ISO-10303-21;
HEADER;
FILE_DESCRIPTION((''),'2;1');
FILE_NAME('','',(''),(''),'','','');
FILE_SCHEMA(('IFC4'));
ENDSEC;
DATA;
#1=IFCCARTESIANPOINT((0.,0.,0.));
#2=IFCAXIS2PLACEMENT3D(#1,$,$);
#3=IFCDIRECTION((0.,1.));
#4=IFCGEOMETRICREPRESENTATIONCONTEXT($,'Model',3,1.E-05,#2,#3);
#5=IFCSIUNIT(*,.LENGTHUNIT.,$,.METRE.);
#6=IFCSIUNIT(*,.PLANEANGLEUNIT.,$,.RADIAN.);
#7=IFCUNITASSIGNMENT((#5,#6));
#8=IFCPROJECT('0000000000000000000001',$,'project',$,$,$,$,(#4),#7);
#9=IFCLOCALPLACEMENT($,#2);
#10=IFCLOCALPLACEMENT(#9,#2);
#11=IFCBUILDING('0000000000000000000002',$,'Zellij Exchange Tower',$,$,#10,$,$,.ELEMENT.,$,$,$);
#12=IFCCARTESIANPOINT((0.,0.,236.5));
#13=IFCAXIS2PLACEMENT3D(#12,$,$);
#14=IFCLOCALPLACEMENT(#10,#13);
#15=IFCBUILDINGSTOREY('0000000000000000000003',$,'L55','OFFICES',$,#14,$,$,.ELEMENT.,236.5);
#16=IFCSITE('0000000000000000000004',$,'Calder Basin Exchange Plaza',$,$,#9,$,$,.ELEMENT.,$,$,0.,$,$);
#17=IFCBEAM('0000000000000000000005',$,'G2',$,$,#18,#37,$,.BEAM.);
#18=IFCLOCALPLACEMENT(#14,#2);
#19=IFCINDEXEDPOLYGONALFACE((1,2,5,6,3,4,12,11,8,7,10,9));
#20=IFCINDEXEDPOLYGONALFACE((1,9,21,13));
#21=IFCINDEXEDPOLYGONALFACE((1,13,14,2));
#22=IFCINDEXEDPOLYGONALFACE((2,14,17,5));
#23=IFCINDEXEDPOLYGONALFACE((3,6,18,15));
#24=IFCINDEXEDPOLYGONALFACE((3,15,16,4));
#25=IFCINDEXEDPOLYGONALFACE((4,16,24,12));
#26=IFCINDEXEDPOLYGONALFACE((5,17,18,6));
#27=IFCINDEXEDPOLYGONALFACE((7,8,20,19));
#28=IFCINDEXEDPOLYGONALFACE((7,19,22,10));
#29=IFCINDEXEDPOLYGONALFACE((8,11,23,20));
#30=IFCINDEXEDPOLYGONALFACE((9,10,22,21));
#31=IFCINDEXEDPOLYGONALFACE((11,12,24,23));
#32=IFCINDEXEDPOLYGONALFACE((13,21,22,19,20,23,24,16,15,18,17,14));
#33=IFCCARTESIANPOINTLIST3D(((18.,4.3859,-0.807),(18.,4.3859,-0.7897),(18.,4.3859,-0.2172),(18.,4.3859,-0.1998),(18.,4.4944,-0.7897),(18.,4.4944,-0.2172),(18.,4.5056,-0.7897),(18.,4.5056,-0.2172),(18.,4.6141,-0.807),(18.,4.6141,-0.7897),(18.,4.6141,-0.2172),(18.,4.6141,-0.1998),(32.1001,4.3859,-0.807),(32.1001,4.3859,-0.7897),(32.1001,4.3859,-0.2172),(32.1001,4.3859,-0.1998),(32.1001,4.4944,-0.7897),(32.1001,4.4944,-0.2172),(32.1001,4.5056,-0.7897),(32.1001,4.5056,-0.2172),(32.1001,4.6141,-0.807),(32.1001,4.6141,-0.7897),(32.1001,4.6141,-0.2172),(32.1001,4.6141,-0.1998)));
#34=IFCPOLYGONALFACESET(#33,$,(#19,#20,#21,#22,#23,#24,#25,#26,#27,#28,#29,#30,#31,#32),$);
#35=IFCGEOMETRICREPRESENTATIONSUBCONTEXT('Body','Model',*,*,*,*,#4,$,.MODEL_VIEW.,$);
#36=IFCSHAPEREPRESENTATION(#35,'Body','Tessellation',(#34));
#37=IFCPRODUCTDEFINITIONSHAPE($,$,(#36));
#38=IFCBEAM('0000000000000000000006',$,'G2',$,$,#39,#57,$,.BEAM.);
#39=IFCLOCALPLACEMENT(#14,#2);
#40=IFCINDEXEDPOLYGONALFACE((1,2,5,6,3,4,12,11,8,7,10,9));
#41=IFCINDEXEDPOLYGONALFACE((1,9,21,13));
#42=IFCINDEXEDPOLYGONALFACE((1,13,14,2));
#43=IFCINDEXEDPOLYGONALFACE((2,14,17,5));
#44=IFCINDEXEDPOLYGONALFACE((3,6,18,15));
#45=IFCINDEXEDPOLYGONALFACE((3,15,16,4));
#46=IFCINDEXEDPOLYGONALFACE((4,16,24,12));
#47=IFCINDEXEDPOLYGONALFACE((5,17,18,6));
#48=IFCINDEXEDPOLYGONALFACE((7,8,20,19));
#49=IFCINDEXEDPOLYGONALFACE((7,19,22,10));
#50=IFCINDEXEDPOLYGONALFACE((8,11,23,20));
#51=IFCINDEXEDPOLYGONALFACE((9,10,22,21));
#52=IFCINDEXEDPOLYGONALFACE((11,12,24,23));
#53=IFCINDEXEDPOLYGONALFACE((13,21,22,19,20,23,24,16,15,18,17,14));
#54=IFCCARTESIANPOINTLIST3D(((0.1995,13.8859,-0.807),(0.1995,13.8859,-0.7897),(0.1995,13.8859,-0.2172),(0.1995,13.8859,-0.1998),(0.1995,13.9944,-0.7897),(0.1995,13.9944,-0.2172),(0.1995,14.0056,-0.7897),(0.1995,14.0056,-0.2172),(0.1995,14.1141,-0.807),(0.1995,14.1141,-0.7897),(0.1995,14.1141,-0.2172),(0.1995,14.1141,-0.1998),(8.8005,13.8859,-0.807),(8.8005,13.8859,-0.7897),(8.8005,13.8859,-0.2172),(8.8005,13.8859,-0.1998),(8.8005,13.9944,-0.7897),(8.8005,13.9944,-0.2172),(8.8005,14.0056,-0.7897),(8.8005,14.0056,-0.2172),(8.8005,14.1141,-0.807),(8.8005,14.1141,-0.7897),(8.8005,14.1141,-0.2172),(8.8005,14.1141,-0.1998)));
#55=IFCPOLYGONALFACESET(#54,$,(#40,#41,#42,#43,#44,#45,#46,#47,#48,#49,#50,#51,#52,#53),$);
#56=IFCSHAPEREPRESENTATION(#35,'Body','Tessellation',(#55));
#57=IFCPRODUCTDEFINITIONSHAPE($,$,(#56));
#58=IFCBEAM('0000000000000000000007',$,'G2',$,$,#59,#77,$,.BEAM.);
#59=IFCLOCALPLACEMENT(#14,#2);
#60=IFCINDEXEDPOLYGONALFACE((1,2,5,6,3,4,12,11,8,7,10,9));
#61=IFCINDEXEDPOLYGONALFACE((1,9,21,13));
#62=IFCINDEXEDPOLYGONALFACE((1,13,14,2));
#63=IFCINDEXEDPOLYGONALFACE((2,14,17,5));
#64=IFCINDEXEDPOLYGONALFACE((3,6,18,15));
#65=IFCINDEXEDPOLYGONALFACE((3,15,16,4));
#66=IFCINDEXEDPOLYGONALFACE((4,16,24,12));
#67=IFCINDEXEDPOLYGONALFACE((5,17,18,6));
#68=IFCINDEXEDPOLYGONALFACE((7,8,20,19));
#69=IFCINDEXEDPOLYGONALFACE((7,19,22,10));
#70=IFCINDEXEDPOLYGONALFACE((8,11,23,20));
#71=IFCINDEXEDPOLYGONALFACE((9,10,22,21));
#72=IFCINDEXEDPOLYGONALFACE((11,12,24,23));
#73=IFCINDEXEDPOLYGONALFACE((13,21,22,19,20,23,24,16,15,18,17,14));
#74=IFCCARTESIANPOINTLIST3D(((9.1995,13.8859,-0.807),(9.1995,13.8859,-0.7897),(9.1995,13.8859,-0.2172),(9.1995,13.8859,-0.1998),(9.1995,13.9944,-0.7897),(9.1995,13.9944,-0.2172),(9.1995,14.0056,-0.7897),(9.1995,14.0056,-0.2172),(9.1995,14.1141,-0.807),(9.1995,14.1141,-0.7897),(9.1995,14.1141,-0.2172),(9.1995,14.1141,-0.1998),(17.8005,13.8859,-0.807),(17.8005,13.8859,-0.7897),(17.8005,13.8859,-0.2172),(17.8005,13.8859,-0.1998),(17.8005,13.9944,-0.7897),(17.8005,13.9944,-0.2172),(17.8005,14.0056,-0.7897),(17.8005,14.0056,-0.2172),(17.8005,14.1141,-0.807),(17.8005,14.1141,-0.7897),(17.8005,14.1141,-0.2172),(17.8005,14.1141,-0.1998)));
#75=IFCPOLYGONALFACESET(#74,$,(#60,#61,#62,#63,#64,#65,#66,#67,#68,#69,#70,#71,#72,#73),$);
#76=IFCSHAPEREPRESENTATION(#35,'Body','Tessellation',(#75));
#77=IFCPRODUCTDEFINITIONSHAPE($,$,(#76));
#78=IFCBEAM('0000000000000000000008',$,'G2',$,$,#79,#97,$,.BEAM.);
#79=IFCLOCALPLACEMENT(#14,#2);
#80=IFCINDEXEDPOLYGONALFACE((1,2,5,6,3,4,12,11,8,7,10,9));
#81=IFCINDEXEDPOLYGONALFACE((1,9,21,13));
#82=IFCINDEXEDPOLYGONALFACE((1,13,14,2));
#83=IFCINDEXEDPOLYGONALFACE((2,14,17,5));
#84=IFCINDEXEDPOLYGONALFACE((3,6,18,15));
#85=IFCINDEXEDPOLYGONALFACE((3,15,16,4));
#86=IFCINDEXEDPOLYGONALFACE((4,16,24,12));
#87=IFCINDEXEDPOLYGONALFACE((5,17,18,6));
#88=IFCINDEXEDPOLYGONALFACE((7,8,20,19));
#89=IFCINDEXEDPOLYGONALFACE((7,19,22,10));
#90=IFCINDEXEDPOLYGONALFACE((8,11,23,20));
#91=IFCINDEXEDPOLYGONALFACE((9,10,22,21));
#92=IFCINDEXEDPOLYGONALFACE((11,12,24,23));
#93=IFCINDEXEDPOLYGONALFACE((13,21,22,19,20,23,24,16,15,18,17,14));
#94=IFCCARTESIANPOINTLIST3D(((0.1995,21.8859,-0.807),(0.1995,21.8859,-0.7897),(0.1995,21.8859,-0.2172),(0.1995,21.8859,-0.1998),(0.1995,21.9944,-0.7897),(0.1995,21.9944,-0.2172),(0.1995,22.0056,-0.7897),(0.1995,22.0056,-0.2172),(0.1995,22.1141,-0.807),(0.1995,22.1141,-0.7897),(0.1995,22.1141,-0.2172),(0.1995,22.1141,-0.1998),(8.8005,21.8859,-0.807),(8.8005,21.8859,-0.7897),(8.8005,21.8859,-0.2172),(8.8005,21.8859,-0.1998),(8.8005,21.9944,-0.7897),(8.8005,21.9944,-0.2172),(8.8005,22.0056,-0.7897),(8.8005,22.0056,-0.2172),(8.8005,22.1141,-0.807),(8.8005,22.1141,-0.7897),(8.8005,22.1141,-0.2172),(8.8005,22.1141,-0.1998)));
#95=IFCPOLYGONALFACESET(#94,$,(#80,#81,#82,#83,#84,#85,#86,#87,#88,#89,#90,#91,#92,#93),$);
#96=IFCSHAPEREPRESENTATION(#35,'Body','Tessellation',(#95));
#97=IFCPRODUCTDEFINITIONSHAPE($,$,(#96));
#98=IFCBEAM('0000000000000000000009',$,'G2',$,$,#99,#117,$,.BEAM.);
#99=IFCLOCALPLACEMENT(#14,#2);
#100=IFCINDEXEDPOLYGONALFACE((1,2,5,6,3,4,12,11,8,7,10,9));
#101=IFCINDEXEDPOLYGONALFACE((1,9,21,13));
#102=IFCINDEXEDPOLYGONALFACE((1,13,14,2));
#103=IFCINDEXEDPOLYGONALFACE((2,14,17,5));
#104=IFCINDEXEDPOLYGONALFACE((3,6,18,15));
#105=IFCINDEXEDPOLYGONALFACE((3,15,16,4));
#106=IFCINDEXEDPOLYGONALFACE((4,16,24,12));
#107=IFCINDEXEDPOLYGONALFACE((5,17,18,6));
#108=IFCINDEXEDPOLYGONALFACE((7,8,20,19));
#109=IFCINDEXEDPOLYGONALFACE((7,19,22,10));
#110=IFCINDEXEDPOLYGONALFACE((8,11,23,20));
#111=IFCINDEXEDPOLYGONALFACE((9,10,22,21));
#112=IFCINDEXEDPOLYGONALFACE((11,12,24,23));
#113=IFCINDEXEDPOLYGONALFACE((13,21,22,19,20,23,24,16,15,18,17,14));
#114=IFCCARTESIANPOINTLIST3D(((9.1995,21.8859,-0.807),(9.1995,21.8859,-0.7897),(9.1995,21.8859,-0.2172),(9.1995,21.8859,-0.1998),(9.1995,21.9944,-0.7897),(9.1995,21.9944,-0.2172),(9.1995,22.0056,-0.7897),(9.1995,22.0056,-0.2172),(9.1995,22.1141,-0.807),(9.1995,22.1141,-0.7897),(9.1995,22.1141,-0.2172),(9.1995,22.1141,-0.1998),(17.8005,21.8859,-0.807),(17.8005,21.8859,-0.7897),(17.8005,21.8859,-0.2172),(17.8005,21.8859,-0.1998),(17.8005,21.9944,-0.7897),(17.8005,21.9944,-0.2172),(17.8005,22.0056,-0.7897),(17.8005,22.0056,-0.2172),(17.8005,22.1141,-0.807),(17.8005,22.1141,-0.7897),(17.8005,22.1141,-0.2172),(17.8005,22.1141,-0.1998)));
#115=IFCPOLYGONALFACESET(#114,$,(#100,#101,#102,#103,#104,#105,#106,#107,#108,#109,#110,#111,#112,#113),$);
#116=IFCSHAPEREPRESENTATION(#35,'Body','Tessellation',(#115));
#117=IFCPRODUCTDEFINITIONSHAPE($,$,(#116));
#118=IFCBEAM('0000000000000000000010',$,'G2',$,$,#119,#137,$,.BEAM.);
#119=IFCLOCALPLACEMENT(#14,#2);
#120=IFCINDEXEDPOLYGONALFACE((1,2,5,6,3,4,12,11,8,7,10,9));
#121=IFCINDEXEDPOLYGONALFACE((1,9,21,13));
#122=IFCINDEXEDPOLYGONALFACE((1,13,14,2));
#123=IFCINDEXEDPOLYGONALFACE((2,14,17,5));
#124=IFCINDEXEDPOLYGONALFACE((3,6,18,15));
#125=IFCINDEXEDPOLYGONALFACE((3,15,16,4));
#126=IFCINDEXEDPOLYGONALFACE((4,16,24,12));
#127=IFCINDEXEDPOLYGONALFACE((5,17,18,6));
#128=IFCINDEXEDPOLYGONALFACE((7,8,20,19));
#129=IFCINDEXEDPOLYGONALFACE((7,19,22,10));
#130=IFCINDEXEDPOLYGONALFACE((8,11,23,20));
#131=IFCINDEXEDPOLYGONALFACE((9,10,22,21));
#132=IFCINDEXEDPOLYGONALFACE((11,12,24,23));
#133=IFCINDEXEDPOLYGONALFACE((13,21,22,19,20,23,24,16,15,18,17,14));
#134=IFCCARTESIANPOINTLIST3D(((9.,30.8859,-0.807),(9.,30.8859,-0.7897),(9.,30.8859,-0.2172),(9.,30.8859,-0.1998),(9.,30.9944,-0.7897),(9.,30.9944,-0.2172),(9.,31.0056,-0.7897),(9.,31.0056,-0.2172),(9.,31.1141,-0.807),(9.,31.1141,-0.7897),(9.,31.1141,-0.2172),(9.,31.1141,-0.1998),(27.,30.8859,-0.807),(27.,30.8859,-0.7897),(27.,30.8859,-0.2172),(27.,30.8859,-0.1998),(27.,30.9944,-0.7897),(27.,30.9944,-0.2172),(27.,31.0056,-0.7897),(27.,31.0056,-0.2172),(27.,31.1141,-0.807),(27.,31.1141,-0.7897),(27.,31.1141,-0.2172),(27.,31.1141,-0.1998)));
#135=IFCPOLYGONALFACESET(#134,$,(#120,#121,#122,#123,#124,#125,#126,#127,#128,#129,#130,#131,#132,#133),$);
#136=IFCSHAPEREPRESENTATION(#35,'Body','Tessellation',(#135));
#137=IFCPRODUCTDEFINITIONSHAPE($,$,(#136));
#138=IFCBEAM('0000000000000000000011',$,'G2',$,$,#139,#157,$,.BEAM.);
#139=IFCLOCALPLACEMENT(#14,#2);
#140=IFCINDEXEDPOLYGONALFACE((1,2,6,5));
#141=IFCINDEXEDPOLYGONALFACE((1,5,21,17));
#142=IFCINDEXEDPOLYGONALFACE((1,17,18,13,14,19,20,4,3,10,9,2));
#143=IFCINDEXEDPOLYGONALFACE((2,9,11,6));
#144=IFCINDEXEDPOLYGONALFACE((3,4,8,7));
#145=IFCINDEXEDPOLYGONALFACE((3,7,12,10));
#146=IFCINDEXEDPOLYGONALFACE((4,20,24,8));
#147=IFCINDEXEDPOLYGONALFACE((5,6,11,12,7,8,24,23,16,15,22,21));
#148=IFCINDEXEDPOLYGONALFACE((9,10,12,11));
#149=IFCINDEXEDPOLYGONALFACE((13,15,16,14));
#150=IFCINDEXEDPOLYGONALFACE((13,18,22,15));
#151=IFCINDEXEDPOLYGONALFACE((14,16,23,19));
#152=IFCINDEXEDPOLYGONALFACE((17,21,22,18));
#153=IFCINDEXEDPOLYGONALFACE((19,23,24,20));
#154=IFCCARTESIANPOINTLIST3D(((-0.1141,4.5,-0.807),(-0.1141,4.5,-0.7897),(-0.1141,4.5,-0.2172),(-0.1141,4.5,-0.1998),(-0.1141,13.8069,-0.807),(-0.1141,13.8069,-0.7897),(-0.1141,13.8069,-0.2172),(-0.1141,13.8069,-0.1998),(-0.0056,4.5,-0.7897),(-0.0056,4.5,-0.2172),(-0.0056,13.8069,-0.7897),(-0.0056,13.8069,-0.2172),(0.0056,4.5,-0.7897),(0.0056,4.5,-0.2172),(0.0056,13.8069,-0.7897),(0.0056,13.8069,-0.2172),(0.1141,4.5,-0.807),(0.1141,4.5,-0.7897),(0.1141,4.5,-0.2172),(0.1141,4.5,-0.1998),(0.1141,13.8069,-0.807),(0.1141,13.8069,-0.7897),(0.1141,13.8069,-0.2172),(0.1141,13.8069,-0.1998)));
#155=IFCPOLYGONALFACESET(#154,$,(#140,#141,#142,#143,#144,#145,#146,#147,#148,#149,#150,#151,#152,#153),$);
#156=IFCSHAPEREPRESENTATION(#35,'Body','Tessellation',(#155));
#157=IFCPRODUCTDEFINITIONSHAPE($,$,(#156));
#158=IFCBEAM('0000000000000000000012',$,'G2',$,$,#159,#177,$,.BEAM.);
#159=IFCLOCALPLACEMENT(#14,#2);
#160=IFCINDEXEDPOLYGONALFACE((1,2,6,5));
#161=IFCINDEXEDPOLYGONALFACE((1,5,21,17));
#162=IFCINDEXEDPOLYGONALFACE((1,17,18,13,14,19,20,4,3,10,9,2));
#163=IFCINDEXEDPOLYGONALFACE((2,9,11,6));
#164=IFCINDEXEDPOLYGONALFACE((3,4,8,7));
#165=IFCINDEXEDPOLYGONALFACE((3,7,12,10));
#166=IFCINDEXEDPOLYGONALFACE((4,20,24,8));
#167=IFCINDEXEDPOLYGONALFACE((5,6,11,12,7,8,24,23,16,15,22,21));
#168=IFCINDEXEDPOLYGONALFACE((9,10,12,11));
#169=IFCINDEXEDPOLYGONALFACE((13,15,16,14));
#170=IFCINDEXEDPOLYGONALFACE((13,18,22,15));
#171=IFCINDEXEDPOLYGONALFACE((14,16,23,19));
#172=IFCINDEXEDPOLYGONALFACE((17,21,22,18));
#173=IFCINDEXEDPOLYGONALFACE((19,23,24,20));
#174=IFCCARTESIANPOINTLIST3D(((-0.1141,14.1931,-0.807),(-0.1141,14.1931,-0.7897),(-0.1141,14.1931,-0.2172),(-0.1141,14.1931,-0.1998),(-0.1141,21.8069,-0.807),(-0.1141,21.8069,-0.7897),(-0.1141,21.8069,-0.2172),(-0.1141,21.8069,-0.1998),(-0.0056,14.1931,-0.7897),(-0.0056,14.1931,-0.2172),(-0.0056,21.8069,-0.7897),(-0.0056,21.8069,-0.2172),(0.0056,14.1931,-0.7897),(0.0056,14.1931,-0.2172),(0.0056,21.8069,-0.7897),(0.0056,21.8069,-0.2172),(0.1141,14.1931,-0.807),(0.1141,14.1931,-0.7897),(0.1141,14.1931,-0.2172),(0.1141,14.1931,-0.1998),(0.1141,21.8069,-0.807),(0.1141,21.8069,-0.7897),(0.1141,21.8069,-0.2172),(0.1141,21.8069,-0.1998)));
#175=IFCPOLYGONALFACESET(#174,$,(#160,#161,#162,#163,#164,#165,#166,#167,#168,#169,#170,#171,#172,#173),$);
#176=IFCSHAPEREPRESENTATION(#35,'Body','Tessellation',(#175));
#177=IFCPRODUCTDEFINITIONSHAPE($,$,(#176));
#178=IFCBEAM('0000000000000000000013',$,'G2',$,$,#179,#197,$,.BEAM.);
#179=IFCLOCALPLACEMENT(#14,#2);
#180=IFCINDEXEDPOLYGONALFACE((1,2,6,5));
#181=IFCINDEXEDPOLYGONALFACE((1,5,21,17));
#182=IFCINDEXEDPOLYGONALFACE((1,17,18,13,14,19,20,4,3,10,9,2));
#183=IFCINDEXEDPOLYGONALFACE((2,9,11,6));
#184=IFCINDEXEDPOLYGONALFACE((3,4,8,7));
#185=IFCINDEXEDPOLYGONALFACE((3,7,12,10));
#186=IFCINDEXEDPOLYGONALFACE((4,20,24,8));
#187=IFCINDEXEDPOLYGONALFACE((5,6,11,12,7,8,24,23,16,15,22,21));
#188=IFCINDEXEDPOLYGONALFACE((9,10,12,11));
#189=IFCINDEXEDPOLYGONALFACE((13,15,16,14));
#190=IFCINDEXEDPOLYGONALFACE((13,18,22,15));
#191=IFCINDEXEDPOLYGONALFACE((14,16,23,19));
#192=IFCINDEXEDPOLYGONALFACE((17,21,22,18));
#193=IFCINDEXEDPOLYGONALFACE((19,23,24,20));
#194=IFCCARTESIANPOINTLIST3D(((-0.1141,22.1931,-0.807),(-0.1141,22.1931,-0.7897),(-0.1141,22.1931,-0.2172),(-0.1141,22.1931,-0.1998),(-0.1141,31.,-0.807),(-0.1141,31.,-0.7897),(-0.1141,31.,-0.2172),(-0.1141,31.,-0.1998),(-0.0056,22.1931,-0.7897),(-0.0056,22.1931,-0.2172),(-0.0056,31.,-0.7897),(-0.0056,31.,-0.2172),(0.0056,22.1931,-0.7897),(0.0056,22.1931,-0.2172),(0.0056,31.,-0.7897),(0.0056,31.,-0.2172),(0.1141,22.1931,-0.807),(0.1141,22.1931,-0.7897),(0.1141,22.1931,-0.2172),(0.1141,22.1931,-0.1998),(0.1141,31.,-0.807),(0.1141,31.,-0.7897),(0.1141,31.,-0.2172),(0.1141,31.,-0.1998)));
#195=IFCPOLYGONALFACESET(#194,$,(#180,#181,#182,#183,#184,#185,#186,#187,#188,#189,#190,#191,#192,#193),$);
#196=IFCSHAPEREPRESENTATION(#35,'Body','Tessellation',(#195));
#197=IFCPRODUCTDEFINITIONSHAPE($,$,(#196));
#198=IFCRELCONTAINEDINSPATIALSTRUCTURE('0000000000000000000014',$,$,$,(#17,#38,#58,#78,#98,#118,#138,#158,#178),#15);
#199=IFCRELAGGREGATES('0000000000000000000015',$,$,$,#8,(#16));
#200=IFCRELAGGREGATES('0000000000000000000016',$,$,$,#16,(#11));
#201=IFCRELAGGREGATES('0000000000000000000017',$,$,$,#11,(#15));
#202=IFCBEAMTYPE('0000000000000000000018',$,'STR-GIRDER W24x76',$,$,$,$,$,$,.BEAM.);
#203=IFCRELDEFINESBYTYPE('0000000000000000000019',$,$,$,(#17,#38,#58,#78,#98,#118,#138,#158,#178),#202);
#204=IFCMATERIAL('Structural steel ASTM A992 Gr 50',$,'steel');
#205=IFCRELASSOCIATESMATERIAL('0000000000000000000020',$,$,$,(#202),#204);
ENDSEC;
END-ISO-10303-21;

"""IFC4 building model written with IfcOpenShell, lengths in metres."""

from ifc_helpers import new_model, si_unit, direction, frame, origin, origin_2d, place, context, subcontext, project, spatial, i_section, extrude, material, material_profile, profile_set, type_object, element, save


model = new_model("IFC4")

# Units and contexts
model_context = context("Model", 3, precision=1e-05, world=origin(), true_north=direction((0.0, 1.0)))
body_context = subcontext(model_context, "Body", "Model", "MODEL_VIEW")
ifc_project = project(units=[si_unit("LENGTHUNIT", "METRE"), si_unit("PLANEANGLEUNIT", "RADIAN")], contexts=[model_context])

# Site, building, storey
site_placement = place(None, origin())
site = spatial("IfcSite", under=ifc_project, at=site_placement, Name="Calder Basin Exchange Plaza", CompositionType="ELEMENT", RefElevation=0.0)
building_placement = place(site_placement, origin())
building = spatial("IfcBuilding", under=site, at=building_placement, Name="Zellij Exchange Tower", CompositionType="ELEMENT")
storey_placement = place(building_placement, frame((0.0, 0.0, 236.5)))
storey = spatial("IfcBuildingStorey", under=building, at=storey_placement, Name="L55", Description="OFFICES", CompositionType="ELEMENT", Elevation=236.5)

# Shared definitions
ifc_material_1 = material(Name="Structural steel ASTM A992 Gr 50", Category="steel")

# Beams
ifc_material_profile_1 = material_profile(ifc_material_1, i_section(OverallWidth=0.2283, OverallDepth=0.6072, WebThickness=0.0112, FlangeThickness=0.0173, at=origin_2d()), Name="W24x76")
ifc_profile_set_1 = profile_set([ifc_material_profile_1], Name="Structural steel ASTM A992 Gr 50")
beam_type = type_object("IfcBeamType", Name="STR-GIRDER W24x76", PredefinedType="BEAM", material=ifc_profile_set_1)
beam_1_placement = place(storey_placement, frame((18.0, 4.5, -0.5034), z_axis=(1.0, 0.0, 0.0), x_axis=(0.0, 1.0, 0.0)))
element("IfcBeam", 1, at=beam_1_placement, inside=storey, type_object=beam_type, Name="G2", PredefinedType="BEAM", context=body_context, shape_type="SweptSolid", body=[
    extrude(i_section(OverallWidth=0.2283, OverallDepth=0.6072, WebThickness=0.0112, FlangeThickness=0.0173, at=origin_2d()), origin(), (0.0, 0.0, 1.0), 14.1001),
])
for number, where, z_axis, x_axis, name in (
    (2, (0.1995, 14.0, -0.5034), (1.0, 0.0, 0.0), (0.0, 1.0, 0.0), "G2"),
    (3, (9.1995, 14.0, -0.5034), (1.0, 0.0, 0.0), (0.0, 1.0, 0.0), "G2"),
    (4, (0.1995, 22.0, -0.5034), (1.0, 0.0, 0.0), (0.0, 1.0, 0.0), "G2"),
    (5, (9.1995, 22.0, -0.5034), (1.0, 0.0, 0.0), (0.0, 1.0, 0.0), "G2"),
):
    element("IfcBeam", number, at=place(storey_placement, frame(where, z_axis=z_axis, x_axis=x_axis)), inside=storey, type_object=beam_type, Name=name, PredefinedType="BEAM", context=body_context, shape_type="SweptSolid", body=[
        extrude(i_section(OverallWidth=0.2283, OverallDepth=0.6072, WebThickness=0.0112, FlangeThickness=0.0173, at=origin_2d()), origin(), (0.0, 0.0, 1.0), 8.6011),
    ])
beam_2_placement = place(storey_placement, frame((9.0, 31.0, -0.5034), z_axis=(1.0, 0.0, 0.0), x_axis=(0.0, 1.0, 0.0)))
element("IfcBeam", 6, at=beam_2_placement, inside=storey, type_object=beam_type, Name="G2", PredefinedType="BEAM", context=body_context, shape_type="SweptSolid", body=[
    extrude(i_section(OverallWidth=0.2283, OverallDepth=0.6072, WebThickness=0.0112, FlangeThickness=0.0173, at=origin_2d()), origin(), (0.0, 0.0, 1.0), 18.0),
])
beam_3_placement = place(storey_placement, frame((0.0, 4.5, -0.5034), z_axis=(0.0, 1.0, 0.0), x_axis=(-1.0, 0.0, 0.0)))
element("IfcBeam", 7, at=beam_3_placement, inside=storey, type_object=beam_type, Name="G2", PredefinedType="BEAM", context=body_context, shape_type="SweptSolid", body=[
    extrude(i_section(OverallWidth=0.2283, OverallDepth=0.6072, WebThickness=0.0112, FlangeThickness=0.0173, at=origin_2d()), origin(), (0.0, 0.0, 1.0), 9.3069),
])
beam_4_placement = place(storey_placement, frame((0.0, 14.1931, -0.5034), z_axis=(0.0, 1.0, 0.0), x_axis=(-1.0, 0.0, 0.0)))
element("IfcBeam", 8, at=beam_4_placement, inside=storey, type_object=beam_type, Name="G2", PredefinedType="BEAM", context=body_context, shape_type="SweptSolid", body=[
    extrude(i_section(OverallWidth=0.2283, OverallDepth=0.6072, WebThickness=0.0112, FlangeThickness=0.0173, at=origin_2d()), origin(), (0.0, 0.0, 1.0), 7.6138),
])
beam_5_placement = place(storey_placement, frame((0.0, 22.1931, -0.5034), z_axis=(0.0, 1.0, 0.0), x_axis=(-1.0, 0.0, 0.0)))
element("IfcBeam", 9, at=beam_5_placement, inside=storey, type_object=beam_type, Name="G2", PredefinedType="BEAM", context=body_context, shape_type="SweptSolid", body=[
    extrude(i_section(OverallWidth=0.2283, OverallDepth=0.6072, WebThickness=0.0112, FlangeThickness=0.0173, at=origin_2d()), origin(), (0.0, 0.0, 1.0), 8.8069),
])

save(model, "model.ifc")
